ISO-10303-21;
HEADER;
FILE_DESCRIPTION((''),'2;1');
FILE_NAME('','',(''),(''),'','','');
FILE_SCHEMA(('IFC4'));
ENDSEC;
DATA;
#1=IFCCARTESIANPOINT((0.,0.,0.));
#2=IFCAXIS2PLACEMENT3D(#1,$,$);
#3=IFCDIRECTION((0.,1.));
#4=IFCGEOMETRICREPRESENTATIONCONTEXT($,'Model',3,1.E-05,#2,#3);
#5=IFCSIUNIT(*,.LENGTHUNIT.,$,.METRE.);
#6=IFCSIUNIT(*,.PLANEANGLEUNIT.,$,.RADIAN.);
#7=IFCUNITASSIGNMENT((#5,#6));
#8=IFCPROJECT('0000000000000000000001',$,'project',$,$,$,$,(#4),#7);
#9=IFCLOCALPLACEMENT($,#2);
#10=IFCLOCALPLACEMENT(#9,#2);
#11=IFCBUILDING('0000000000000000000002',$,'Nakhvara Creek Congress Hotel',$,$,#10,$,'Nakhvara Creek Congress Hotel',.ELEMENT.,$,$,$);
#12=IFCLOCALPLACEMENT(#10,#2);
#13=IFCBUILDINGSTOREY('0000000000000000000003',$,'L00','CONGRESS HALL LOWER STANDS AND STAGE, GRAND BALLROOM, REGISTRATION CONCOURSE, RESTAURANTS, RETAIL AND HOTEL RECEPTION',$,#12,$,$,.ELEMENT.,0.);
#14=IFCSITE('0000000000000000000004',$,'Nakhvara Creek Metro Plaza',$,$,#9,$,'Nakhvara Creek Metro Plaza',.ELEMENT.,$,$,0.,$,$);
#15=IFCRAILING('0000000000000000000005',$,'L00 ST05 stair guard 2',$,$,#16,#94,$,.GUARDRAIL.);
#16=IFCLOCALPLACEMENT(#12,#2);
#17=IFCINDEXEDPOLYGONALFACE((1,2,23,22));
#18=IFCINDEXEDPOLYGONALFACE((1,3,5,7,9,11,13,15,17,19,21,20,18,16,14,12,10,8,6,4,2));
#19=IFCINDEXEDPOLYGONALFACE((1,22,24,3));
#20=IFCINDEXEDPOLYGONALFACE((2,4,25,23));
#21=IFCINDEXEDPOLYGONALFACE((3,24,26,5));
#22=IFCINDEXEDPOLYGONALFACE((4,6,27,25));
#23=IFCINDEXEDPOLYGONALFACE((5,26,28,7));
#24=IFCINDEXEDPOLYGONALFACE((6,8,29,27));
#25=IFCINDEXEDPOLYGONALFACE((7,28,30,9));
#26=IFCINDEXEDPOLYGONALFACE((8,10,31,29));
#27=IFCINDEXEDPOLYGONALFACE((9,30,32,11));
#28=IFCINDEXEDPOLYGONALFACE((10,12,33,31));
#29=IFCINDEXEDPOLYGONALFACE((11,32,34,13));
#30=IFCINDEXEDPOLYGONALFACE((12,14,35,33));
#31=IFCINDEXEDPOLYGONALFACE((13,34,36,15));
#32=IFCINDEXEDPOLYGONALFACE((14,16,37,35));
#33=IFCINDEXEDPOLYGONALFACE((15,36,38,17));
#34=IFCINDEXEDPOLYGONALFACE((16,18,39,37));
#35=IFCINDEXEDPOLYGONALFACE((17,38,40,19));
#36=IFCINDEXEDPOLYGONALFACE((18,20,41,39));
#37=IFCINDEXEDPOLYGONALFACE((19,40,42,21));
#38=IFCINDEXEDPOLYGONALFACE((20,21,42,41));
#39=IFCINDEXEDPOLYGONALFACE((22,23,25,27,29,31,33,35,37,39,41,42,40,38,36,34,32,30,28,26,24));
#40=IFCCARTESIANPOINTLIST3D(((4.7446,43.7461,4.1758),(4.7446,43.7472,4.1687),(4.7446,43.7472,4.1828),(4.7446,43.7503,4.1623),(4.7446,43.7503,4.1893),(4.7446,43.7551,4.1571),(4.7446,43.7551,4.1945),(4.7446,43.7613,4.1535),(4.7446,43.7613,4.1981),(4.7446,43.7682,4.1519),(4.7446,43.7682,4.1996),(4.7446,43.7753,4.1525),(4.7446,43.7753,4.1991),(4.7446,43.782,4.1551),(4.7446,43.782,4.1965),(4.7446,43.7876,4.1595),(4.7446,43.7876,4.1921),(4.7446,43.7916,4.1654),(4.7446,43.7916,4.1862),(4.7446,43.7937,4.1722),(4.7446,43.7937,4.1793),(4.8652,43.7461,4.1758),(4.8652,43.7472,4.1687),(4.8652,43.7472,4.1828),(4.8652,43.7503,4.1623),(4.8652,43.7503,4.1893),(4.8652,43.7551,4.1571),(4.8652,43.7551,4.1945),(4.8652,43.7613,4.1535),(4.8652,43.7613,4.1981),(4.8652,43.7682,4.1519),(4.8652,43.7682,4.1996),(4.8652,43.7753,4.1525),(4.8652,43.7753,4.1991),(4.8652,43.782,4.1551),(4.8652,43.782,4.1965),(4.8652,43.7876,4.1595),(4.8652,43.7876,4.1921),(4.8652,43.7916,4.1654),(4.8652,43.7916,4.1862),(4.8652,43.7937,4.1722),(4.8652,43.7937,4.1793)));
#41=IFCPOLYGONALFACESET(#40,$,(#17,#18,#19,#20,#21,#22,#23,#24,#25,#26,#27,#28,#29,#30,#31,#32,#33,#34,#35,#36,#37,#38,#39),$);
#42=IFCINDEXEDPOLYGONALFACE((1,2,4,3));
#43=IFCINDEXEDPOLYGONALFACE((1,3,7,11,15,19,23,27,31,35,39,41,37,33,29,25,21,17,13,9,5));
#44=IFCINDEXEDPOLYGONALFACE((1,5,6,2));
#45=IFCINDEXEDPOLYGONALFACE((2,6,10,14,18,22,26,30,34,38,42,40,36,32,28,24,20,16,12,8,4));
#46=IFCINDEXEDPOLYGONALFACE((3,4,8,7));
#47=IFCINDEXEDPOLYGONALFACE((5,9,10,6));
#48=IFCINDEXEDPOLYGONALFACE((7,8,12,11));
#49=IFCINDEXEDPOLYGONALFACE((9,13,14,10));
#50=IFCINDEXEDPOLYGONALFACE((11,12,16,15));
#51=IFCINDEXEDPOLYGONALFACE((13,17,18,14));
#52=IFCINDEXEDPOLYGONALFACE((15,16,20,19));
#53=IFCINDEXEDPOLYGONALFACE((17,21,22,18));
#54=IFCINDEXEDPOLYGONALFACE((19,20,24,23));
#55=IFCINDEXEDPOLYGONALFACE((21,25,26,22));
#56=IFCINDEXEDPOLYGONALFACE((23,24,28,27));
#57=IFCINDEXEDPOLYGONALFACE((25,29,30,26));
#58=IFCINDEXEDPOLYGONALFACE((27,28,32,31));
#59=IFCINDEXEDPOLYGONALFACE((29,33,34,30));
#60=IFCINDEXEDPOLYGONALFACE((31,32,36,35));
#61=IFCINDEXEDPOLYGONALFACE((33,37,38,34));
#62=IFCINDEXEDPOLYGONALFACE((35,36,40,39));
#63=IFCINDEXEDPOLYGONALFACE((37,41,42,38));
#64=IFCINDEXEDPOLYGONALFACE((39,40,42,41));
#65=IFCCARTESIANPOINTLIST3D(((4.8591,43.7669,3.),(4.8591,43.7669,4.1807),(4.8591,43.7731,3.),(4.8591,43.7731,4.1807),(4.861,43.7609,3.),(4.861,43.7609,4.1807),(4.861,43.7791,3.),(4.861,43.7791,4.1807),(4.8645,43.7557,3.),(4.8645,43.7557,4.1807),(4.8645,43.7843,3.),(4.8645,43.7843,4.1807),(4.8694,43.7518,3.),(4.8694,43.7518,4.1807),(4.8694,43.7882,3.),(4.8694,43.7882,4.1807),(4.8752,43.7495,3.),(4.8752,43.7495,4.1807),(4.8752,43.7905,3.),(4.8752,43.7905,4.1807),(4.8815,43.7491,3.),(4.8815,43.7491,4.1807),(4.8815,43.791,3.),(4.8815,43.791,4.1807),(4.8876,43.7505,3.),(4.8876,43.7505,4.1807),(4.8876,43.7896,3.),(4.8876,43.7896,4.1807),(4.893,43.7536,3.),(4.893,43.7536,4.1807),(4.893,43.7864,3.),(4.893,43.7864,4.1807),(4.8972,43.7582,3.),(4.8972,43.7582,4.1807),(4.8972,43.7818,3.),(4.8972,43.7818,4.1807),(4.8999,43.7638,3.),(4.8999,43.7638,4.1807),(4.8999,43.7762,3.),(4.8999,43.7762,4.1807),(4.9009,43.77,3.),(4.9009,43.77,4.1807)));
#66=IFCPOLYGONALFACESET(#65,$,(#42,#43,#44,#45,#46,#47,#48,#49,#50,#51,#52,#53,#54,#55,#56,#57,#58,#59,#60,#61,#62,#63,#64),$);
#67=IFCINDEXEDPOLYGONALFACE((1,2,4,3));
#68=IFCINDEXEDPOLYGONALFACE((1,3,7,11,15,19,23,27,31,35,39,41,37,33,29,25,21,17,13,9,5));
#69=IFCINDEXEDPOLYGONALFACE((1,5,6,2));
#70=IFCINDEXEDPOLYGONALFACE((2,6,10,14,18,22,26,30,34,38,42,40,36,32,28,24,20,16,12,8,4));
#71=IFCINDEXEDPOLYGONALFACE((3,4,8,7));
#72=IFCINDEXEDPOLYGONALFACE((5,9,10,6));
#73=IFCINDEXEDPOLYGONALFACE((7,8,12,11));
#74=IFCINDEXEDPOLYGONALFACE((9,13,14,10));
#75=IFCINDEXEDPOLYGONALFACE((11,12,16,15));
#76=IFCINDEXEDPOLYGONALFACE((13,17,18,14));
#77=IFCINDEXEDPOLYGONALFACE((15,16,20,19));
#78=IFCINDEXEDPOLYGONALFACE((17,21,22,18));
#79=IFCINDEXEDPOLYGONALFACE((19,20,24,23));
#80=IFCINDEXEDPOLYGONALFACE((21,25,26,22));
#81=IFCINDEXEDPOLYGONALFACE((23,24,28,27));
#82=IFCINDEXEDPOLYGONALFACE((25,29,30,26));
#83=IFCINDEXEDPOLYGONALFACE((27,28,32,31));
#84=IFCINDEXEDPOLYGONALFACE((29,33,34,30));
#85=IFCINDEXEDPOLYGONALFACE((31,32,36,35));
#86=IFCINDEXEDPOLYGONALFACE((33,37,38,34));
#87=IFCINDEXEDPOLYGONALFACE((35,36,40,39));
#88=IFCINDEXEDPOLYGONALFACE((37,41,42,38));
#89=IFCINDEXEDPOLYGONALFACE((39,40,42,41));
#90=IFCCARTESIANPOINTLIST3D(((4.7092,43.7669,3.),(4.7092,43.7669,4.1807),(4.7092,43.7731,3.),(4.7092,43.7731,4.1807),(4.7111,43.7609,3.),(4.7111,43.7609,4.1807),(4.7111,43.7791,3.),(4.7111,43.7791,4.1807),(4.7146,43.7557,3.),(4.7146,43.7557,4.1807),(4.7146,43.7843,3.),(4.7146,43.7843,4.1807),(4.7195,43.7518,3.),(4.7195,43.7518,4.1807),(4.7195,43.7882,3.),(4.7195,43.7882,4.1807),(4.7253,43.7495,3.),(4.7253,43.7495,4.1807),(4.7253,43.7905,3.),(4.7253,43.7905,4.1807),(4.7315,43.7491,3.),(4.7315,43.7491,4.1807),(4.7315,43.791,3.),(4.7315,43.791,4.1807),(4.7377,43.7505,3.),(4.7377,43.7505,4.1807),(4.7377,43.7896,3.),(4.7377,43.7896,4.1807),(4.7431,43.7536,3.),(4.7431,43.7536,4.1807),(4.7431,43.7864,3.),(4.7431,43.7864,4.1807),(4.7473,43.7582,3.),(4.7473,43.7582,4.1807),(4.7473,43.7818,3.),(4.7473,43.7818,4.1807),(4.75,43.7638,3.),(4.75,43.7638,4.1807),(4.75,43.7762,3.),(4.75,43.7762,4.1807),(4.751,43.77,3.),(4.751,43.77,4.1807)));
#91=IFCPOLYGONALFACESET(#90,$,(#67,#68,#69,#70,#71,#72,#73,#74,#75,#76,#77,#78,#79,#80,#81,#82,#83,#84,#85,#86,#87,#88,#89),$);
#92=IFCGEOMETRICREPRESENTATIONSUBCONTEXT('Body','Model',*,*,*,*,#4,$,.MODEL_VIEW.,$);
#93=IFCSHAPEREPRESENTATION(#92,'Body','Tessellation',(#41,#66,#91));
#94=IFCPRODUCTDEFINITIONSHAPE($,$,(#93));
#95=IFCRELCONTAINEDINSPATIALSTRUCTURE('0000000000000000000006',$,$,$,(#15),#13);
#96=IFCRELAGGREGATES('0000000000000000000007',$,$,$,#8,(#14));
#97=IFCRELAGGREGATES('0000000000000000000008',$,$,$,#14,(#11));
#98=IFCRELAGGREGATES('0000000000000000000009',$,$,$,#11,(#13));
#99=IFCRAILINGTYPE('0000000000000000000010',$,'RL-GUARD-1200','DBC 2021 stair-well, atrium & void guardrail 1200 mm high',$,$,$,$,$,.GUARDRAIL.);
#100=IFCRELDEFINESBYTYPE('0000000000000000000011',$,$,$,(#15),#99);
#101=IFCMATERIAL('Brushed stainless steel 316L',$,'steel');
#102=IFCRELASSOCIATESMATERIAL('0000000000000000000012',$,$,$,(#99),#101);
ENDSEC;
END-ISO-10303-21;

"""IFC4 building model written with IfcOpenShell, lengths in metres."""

from ifc_helpers import new_model, si_unit, direction, frame, origin, origin_2d, place, context, subcontext, project, spatial, circle, extrude, material, type_object, element, save


model = new_model("IFC4")

# Units and contexts
model_context = context("Model", 3, precision=1e-05, world=origin(), true_north=direction((0.0, 1.0)))
body_context = subcontext(model_context, "Body", "Model", "MODEL_VIEW")
ifc_project = project(units=[si_unit("LENGTHUNIT", "METRE"), si_unit("PLANEANGLEUNIT", "RADIAN")], contexts=[model_context])

# Site, building, storey
site_placement = place(None, origin())
site = spatial("IfcSite", under=ifc_project, at=site_placement, Name="Nakhvara Creek Metro Plaza", LongName="Nakhvara Creek Metro Plaza", CompositionType="ELEMENT", RefElevation=0.0)
building_placement = place(site_placement, origin())
building = spatial("IfcBuilding", under=site, at=building_placement, Name="Nakhvara Creek Congress Hotel", LongName="Nakhvara Creek Congress Hotel", CompositionType="ELEMENT")
storey_placement = place(building_placement, origin())
storey = spatial("IfcBuildingStorey", under=building, at=storey_placement, Name="L00", Description="CONGRESS HALL LOWER STANDS AND STAGE, GRAND BALLROOM, REGISTRATION CONCOURSE, RESTAURANTS, RETAIL AND HOTEL RECEPTION", CompositionType="ELEMENT", Elevation=0.0)

# Railing
ifc_material_1 = material(Name="Brushed stainless steel 316L", Category="steel")
railing_type_1 = type_object("IfcRailingType", Name="RL-GUARD-1200", Description="DBC 2021 stair-well, atrium & void guardrail 1200 mm high", PredefinedType="GUARDRAIL", material=ifc_material_1)
railing_1_placement = place(storey_placement, frame((4.8799, 43.77, 3.0)))
element("IfcRailing", 1, at=railing_1_placement, inside=storey, type_object=railing_type_1, Name="L00 ST05 stair guard 2", PredefinedType="GUARDRAIL", context=body_context, shape_type="SweptSolid", body=[
    extrude(circle(Radius=0.0239, at=origin_2d()), frame((-0.0146, 0.0, 1.1758), z_axis=(-1.0, 0.0, 0.0), x_axis=(0.0, -1.0, 0.0)), (0.0, 0.0, 1.0), 0.1206),
    extrude(circle(Radius=0.021, at=origin_2d()), origin(), (0.0, 0.0, 1.0), 1.1807),
    extrude(circle(Radius=0.021, at=origin_2d()), frame((-0.1499, 0.0, 0.0)), (0.0, 0.0, 1.0), 1.1807),
])

save(model, "model.ifc")
